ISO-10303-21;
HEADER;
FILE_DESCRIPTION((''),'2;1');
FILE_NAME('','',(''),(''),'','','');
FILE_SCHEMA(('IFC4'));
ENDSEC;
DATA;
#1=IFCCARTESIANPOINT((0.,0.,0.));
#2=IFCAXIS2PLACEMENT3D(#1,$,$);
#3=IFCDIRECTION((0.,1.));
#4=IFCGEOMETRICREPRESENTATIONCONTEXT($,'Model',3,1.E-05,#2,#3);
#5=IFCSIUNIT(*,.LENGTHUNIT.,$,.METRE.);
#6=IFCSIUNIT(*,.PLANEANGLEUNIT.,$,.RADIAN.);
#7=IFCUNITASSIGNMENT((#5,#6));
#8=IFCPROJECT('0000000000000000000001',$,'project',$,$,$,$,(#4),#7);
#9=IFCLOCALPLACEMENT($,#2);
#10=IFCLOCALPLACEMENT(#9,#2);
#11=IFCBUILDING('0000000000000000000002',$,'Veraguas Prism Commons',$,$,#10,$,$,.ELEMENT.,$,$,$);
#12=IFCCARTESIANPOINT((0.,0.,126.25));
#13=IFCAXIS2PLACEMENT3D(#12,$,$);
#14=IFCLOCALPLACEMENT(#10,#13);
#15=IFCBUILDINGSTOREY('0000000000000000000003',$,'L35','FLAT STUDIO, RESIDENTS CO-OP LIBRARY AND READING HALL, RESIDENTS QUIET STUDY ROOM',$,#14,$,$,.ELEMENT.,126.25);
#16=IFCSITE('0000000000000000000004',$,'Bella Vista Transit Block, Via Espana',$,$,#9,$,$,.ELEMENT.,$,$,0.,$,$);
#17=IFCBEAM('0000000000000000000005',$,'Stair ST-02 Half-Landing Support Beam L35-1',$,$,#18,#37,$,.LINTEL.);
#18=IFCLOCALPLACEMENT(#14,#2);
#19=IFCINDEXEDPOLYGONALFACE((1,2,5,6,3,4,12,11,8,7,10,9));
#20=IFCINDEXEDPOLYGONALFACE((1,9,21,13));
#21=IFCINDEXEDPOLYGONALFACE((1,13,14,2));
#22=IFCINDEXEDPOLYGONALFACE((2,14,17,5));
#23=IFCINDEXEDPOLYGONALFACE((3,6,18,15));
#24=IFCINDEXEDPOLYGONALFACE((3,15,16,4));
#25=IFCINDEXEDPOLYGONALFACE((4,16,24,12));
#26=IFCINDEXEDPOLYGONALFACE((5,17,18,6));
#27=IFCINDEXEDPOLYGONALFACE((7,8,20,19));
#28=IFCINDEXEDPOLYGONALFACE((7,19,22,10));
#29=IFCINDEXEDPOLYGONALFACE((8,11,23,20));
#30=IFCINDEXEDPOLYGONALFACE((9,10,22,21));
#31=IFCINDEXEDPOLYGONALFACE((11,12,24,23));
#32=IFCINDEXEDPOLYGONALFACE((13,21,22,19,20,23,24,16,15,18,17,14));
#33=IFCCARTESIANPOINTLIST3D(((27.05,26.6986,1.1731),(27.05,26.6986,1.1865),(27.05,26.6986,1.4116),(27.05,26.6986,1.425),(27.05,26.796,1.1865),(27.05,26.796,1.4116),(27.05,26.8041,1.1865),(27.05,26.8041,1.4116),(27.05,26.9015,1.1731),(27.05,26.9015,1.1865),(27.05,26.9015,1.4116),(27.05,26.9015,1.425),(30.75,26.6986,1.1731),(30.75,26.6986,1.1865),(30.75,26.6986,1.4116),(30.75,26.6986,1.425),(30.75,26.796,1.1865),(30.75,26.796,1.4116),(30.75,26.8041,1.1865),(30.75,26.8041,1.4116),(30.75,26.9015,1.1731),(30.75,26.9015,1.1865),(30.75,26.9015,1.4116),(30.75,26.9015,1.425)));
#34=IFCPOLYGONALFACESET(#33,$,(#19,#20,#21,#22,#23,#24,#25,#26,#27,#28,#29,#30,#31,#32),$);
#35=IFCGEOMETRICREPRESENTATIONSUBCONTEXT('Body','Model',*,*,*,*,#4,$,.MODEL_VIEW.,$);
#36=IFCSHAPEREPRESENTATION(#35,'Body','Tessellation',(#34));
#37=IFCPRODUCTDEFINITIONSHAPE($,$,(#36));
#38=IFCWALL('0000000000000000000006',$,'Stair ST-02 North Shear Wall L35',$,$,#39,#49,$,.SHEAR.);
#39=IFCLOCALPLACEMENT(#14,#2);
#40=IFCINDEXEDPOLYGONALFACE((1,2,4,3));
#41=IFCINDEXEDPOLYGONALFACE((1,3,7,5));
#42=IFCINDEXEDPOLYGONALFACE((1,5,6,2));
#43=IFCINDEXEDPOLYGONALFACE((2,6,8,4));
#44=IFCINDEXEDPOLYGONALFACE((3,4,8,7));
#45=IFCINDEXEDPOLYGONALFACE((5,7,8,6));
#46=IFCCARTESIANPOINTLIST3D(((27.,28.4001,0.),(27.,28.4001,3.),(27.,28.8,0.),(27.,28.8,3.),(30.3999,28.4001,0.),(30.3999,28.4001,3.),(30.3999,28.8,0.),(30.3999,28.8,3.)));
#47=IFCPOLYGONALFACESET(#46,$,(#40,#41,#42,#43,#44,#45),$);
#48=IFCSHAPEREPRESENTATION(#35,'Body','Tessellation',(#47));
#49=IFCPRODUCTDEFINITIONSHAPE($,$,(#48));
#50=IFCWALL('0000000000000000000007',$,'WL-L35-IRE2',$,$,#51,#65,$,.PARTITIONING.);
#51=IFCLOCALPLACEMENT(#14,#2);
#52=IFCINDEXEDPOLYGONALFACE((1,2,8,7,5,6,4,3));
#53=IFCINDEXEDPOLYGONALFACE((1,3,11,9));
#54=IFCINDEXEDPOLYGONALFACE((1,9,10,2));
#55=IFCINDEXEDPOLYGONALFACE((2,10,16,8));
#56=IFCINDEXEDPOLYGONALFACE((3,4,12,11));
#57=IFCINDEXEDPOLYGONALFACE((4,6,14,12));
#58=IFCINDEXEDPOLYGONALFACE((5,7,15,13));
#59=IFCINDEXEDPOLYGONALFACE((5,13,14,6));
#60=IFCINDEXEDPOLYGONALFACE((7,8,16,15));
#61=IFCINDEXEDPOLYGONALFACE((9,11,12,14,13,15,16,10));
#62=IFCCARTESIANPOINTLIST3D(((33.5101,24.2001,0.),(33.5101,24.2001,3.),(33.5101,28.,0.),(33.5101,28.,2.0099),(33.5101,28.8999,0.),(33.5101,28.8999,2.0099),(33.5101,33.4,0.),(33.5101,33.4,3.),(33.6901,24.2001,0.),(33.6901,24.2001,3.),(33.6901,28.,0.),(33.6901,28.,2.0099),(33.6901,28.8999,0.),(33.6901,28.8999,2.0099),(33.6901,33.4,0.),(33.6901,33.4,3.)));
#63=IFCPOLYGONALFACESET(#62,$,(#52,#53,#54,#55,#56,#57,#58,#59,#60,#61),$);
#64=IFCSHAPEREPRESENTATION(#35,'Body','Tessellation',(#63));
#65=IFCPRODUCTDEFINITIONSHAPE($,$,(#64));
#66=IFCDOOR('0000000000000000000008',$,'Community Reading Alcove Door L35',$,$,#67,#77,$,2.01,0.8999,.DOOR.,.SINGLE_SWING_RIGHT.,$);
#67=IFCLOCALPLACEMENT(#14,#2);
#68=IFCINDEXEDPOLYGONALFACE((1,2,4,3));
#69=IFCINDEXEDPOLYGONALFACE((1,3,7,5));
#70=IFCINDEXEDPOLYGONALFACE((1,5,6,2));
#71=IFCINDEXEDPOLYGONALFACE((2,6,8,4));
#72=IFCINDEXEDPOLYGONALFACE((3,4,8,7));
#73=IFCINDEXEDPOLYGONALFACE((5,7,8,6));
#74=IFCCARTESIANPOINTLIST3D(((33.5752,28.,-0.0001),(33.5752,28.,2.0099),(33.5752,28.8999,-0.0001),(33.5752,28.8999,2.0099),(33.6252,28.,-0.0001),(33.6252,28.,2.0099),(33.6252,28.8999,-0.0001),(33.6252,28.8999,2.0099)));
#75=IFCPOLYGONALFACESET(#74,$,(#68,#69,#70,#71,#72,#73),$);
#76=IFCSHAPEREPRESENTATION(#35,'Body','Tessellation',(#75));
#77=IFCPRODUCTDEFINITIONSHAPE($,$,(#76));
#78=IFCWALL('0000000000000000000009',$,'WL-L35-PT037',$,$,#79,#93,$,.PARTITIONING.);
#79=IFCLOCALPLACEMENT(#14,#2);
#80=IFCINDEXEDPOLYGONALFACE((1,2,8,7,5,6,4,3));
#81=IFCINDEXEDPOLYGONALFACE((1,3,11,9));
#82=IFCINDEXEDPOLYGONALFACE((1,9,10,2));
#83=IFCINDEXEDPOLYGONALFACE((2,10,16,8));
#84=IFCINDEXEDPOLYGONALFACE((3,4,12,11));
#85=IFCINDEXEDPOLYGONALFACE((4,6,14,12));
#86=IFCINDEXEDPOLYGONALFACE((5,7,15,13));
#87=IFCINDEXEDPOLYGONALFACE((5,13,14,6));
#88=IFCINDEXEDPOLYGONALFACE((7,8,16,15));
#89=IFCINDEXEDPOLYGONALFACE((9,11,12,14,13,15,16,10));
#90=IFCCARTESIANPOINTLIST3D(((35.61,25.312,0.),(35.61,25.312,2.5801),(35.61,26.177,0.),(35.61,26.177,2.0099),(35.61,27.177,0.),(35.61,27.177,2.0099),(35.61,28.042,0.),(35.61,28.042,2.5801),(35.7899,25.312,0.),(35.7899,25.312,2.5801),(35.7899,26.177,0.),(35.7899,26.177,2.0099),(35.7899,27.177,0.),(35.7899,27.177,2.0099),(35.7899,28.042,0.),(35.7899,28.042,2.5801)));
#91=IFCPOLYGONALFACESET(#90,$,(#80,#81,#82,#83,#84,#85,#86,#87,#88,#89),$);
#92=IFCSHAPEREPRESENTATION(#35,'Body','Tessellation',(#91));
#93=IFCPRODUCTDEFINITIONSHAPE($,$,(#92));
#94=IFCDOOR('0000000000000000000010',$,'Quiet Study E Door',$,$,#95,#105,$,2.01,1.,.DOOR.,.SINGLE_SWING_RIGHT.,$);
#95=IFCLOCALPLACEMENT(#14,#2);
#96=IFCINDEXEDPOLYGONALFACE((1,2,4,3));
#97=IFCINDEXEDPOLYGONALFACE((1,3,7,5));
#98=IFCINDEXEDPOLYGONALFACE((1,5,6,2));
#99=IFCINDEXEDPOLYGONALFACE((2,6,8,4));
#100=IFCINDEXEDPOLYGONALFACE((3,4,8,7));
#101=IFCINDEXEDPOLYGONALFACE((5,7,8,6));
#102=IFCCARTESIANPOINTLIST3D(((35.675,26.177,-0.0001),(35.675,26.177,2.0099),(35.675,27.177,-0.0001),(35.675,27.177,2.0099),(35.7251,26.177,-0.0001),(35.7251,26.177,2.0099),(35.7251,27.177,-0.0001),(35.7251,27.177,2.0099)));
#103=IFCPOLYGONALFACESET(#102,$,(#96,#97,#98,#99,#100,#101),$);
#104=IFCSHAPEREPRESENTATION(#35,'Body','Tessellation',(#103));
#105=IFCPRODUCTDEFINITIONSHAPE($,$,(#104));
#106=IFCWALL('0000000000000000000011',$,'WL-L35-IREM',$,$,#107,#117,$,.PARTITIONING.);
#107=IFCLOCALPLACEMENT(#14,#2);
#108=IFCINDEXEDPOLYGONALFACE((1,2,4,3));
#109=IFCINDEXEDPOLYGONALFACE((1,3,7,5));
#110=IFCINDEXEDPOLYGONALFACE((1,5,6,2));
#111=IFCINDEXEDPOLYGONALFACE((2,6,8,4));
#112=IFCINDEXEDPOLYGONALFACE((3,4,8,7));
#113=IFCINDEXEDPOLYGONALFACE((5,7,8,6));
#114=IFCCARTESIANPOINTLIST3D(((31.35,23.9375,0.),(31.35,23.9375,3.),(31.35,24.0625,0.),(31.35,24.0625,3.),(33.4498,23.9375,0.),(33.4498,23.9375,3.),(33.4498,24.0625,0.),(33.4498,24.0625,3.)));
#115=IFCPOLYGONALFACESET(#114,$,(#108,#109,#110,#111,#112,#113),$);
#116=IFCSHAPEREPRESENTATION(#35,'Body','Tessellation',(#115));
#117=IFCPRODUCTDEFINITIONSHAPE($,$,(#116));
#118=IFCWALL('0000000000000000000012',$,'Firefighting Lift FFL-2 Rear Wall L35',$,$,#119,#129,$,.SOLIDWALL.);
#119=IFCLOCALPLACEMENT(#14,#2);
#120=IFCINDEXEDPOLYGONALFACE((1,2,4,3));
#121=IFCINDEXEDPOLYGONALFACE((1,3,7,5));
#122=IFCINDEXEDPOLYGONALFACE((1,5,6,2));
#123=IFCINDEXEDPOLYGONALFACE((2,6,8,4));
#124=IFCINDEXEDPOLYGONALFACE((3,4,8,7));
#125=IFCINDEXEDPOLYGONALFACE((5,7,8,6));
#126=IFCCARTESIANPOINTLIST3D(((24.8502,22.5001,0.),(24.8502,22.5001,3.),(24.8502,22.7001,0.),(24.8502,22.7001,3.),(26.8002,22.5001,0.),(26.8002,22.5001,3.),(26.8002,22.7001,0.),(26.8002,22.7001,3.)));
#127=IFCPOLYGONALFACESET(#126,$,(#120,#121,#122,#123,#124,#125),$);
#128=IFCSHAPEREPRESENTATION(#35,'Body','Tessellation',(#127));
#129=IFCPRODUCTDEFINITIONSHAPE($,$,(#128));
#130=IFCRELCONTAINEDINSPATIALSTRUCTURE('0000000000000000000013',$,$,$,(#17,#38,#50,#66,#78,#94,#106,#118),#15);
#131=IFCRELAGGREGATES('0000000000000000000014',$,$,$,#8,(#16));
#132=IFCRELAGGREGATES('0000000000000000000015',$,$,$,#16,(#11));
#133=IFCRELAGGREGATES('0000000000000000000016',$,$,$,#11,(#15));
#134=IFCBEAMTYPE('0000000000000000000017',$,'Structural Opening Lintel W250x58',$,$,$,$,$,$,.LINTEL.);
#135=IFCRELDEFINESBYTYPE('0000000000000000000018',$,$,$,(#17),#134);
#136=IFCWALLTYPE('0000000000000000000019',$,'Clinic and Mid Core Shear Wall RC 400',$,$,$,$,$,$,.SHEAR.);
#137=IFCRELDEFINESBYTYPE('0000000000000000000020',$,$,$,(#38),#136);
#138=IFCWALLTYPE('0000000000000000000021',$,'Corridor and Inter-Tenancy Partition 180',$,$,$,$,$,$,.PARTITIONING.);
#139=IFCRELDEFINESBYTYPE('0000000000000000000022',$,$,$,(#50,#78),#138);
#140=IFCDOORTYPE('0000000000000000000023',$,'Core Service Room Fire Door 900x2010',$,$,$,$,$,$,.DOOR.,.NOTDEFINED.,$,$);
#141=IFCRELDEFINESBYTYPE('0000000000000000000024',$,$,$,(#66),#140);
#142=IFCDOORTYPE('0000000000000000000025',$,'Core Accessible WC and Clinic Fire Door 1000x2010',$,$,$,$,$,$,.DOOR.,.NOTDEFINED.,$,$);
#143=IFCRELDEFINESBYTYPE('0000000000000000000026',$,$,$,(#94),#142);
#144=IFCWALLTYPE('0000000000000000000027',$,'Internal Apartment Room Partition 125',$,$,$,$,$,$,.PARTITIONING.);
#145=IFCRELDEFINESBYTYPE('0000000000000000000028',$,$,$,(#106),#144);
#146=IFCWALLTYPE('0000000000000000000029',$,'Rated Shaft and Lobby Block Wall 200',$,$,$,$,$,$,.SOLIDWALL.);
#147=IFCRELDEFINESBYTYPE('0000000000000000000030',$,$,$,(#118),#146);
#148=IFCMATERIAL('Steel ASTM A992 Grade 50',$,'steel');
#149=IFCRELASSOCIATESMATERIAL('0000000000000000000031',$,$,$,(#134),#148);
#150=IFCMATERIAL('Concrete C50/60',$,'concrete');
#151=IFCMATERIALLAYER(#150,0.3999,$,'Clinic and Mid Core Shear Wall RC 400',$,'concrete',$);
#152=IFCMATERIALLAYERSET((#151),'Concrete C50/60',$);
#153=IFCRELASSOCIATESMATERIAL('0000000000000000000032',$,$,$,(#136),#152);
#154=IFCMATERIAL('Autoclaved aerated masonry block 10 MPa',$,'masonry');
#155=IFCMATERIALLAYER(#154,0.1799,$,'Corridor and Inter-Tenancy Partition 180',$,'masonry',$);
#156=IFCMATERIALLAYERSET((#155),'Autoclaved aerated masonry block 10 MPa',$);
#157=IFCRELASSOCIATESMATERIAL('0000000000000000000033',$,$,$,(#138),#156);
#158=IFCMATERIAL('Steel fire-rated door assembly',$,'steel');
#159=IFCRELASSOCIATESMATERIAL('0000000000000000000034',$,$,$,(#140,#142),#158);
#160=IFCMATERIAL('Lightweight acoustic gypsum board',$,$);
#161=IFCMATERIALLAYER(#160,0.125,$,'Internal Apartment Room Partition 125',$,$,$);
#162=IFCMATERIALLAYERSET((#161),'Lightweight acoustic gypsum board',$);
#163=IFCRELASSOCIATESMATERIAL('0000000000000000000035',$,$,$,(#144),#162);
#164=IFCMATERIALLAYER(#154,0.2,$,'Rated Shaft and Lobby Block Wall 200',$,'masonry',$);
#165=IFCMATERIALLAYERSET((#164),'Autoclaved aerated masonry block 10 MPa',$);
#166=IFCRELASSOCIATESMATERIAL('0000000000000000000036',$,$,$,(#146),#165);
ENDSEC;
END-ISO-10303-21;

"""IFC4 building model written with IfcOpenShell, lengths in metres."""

from ifc_helpers import new_model, si_unit, direction, frame, frame_2d, origin, origin_2d, place, context, subcontext, project, spatial, rectangle, i_section, extrude, source, transform, mapped, material, layer, layer_set, material_profile, profile_set, type_object, element, fill, save


model = new_model("IFC4")

# Units and contexts
model_context = context("Model", 3, precision=1e-05, world=origin(), true_north=direction((0.0, 1.0)))
body_context = subcontext(model_context, "Body", "Model", "MODEL_VIEW")
ifc_project = project(units=[si_unit("LENGTHUNIT", "METRE"), si_unit("PLANEANGLEUNIT", "RADIAN")], contexts=[model_context])

# Site, building, storey
site_placement = place(None, origin())
site = spatial("IfcSite", under=ifc_project, at=site_placement, Name="Bella Vista Transit Block, Via Espana", CompositionType="ELEMENT", RefElevation=0.0)
building_placement = place(site_placement, origin())
building = spatial("IfcBuilding", under=site, at=building_placement, Name="Veraguas Prism Commons", CompositionType="ELEMENT")
storey_placement = place(building_placement, frame((0.0, 0.0, 126.25)))
storey = spatial("IfcBuildingStorey", under=building, at=storey_placement, Name="L35", Description="FLAT STUDIO, RESIDENTS CO-OP LIBRARY AND READING HALL, RESIDENTS QUIET STUDY ROOM", CompositionType="ELEMENT", Elevation=126.25)

# Beam
ifc_material_1 = material(Name="Steel ASTM A992 Grade 50", Category="steel")
ifc_material_profile = material_profile(ifc_material_1, i_section(OverallWidth=0.2029, OverallDepth=0.252, WebThickness=0.0081, FlangeThickness=0.0134, at=origin_2d()), Name="W250X58")
ifc_profile_set = profile_set([ifc_material_profile], Name="Steel ASTM A992 Grade 50")
beam_type = type_object("IfcBeamType", Name="Structural Opening Lintel W250x58", PredefinedType="LINTEL", material=ifc_profile_set)
beam_placement = place(storey_placement, frame((27.05, 26.8, 1.2991), z_axis=(1.0, 0.0, 0.0), x_axis=(0.0, 1.0, 0.0)))
element("IfcBeam", 1, at=beam_placement, inside=storey, type_object=beam_type, Name="Stair ST-02 Half-Landing Support Beam L35-1", PredefinedType="LINTEL", context=body_context, shape_type="SweptSolid", body=[
    extrude(i_section(OverallWidth=0.2029, OverallDepth=0.252, WebThickness=0.0081, FlangeThickness=0.0134, at=origin_2d()), origin(), (0.0, 0.0, 1.0), 3.7),
])

# Wall
ifc_material_2 = material(Name="Concrete C50/60", Category="concrete")
ifc_layer_1 = layer(ifc_material_2, 0.3999, Name="Clinic and Mid Core Shear Wall RC 400", Category="concrete")
ifc_layer_set_1 = layer_set([ifc_layer_1], Name="Concrete C50/60")
wall_type_1 = type_object("IfcWallType", Name="Clinic and Mid Core Shear Wall RC 400", PredefinedType="SHEAR", material=ifc_layer_set_1)
wall_1_placement = place(storey_placement, frame((27.0, 28.6001, 0.0), z_axis=(0.0, 0.0, 1.0), x_axis=(1.0, 0.0, 0.0)))
element("IfcWall", 2, at=wall_1_placement, inside=storey, type_object=wall_type_1, Name="Stair ST-02 North Shear Wall L35", PredefinedType="SHEAR", context=body_context, shape_type="SweptSolid", body=[
    extrude(rectangle(XDim=3.3999, YDim=0.3999, at=frame_2d((1.7, 0.0))), origin(), (0.0, 0.0, 1.0), 3.0),
])

# Walls, openings, doors
ifc_material_3 = material(Name="Autoclaved aerated masonry block 10 MPa", Category="masonry")
ifc_layer_2 = layer(ifc_material_3, 0.1799, Name="Corridor and Inter-Tenancy Partition 180", Category="masonry")
ifc_layer_set_2 = layer_set([ifc_layer_2], Name="Autoclaved aerated masonry block 10 MPa")
wall_type_2 = type_object("IfcWallType", Name="Corridor and Inter-Tenancy Partition 180", PredefinedType="PARTITIONING", material=ifc_layer_set_2)
wall_2_placement = place(storey_placement, frame((33.6001, 24.2, 0.0), z_axis=(0.0, 0.0, 1.0), x_axis=(0.0, 1.0, 0.0)))
wall_2 = element("IfcWall", 3, at=wall_2_placement, inside=storey, type_object=wall_type_2, Name="WL-L35-IRE2", PredefinedType="PARTITIONING", context=body_context, shape_type="SweptSolid", body=[
    extrude(rectangle(XDim=9.2, YDim=0.1799, at=frame_2d((4.6001, 0.0))), origin(), (0.0, 0.0, 1.0), 3.0),
])
opening_1_placement = place(wall_2_placement, frame((3.8, 0.0, 0.0)))
opening_1 = element("IfcOpeningElement", 4, at=opening_1_placement, cuts=wall_2, PredefinedType="OPENING", context=body_context, shape_type="SweptSolid", body=[
    extrude(rectangle(XDim=0.8999, YDim=2.01, at=frame_2d((0.45, 1.0049))), frame((0.0, 0.0999, 0.0), z_axis=(0.0, -1.0, 0.0), x_axis=(1.0, 0.0, 0.0)), (0.0, 0.0, 1.0), 0.2),
])
ifc_material_4 = material(Name="Steel fire-rated door assembly", Category="steel")
door_type_1 = type_object("IfcDoorType", Name="Core Service Room Fire Door 900x2010", OperationType="NOTDEFINED", PredefinedType="DOOR", material=ifc_material_4)
shared_shape_1 = source(origin(), body_context, "Body", "SweptSolid", [
    extrude(rectangle(XDim=0.8999, YDim=2.01, at=frame_2d((0.45, 1.0049))), frame((0.0, 0.0249, 0.0), z_axis=(0.0, -1.0, 0.0), x_axis=(1.0, 0.0, 0.0)), (0.0, 0.0, 1.0), 0.05),
])
door_1_placement = place(opening_1_placement, origin())
door_1 = element("IfcDoor", 5, at=door_1_placement, inside=storey, type_object=door_type_1, Name="Community Reading Alcove Door L35", OperationType="SINGLE_SWING_RIGHT", OverallHeight=2.01, OverallWidth=0.8999, PredefinedType="DOOR", context=body_context, shape_type="MappedRepresentation", body=[
    mapped(shared_shape_1, transform((0.0, 0.0, 0.0), scale=1.0)),
])
fill(opening_1, door_1)
wall_3_placement = place(storey_placement, frame((35.7, 25.312, 0.0), z_axis=(0.0, 0.0, 1.0), x_axis=(0.0, 1.0, 0.0)))
wall_3 = element("IfcWall", 6, at=wall_3_placement, inside=storey, type_object=wall_type_2, Name="WL-L35-PT037", PredefinedType="PARTITIONING", context=body_context, shape_type="SweptSolid", body=[
    extrude(rectangle(XDim=2.73, YDim=0.1799, at=frame_2d((1.365, 0.0))), origin(), (0.0, 0.0, 1.0), 2.5801),
])
opening_2_placement = place(wall_3_placement, frame((0.865, 0.0, 0.0)))
opening_2 = element("IfcOpeningElement", 7, at=opening_2_placement, cuts=wall_3, PredefinedType="OPENING", context=body_context, shape_type="SweptSolid", body=[
    extrude(rectangle(XDim=1.0, YDim=2.01, at=frame_2d((0.5, 1.0049))), frame((0.0, 0.0999, 0.0), z_axis=(0.0, -1.0, 0.0), x_axis=(1.0, 0.0, 0.0)), (0.0, 0.0, 1.0), 0.2),
])
door_type_2 = type_object("IfcDoorType", Name="Core Accessible WC and Clinic Fire Door 1000x2010", OperationType="NOTDEFINED", PredefinedType="DOOR", material=ifc_material_4)
shared_shape_2 = source(origin(), body_context, "Body", "SweptSolid", [
    extrude(rectangle(XDim=1.0, YDim=2.01, at=frame_2d((0.5, 1.0049))), frame((0.0, 0.0249, 0.0), z_axis=(0.0, -1.0, 0.0), x_axis=(1.0, 0.0, 0.0)), (0.0, 0.0, 1.0), 0.05),
])
door_2_placement = place(opening_2_placement, origin())
door_2 = element("IfcDoor", 8, at=door_2_placement, inside=storey, type_object=door_type_2, Name="Quiet Study E Door", OperationType="SINGLE_SWING_RIGHT", OverallHeight=2.01, OverallWidth=1.0, PredefinedType="DOOR", context=body_context, shape_type="MappedRepresentation", body=[
    mapped(shared_shape_2, transform((0.0, 0.0, 0.0), scale=1.0)),
])
fill(opening_2, door_2)

# Walls
ifc_material_5 = material(Name="Lightweight acoustic gypsum board")
ifc_layer_3 = layer(ifc_material_5, 0.125, Name="Internal Apartment Room Partition 125")
ifc_layer_set_3 = layer_set([ifc_layer_3], Name="Lightweight acoustic gypsum board")
wall_type_3 = type_object("IfcWallType", Name="Internal Apartment Room Partition 125", PredefinedType="PARTITIONING", material=ifc_layer_set_3)
wall_4_placement = place(storey_placement, frame((31.3501, 24.0, 0.0), z_axis=(0.0, 0.0, 1.0), x_axis=(1.0, 0.0, 0.0)))
element("IfcWall", 9, at=wall_4_placement, inside=storey, type_object=wall_type_3, Name="WL-L35-IREM", PredefinedType="PARTITIONING", context=body_context, shape_type="SweptSolid", body=[
    extrude(rectangle(XDim=2.0999, YDim=0.125, at=frame_2d((1.0498, 0.0))), origin(), (0.0, 0.0, 1.0), 3.0),
])
ifc_layer_4 = layer(ifc_material_3, 0.2, Name="Rated Shaft and Lobby Block Wall 200", Category="masonry")
ifc_layer_set_4 = layer_set([ifc_layer_4], Name="Autoclaved aerated masonry block 10 MPa")
wall_type_4 = type_object("IfcWallType", Name="Rated Shaft and Lobby Block Wall 200", PredefinedType="SOLIDWALL", material=ifc_layer_set_4)
wall_5_placement = place(storey_placement, frame((24.8501, 22.6001, 0.0), z_axis=(0.0, 0.0, 1.0), x_axis=(1.0, 0.0, 0.0)))
element("IfcWall", 10, at=wall_5_placement, inside=storey, type_object=wall_type_4, Name="Firefighting Lift FFL-2 Rear Wall L35", PredefinedType="SOLIDWALL", context=body_context, shape_type="SweptSolid", body=[
    extrude(rectangle(XDim=1.95, YDim=0.2, at=frame_2d((0.9751, 0.0))), origin(), (0.0, 0.0, 1.0), 3.0),
])

save(model, "model.ifc")
